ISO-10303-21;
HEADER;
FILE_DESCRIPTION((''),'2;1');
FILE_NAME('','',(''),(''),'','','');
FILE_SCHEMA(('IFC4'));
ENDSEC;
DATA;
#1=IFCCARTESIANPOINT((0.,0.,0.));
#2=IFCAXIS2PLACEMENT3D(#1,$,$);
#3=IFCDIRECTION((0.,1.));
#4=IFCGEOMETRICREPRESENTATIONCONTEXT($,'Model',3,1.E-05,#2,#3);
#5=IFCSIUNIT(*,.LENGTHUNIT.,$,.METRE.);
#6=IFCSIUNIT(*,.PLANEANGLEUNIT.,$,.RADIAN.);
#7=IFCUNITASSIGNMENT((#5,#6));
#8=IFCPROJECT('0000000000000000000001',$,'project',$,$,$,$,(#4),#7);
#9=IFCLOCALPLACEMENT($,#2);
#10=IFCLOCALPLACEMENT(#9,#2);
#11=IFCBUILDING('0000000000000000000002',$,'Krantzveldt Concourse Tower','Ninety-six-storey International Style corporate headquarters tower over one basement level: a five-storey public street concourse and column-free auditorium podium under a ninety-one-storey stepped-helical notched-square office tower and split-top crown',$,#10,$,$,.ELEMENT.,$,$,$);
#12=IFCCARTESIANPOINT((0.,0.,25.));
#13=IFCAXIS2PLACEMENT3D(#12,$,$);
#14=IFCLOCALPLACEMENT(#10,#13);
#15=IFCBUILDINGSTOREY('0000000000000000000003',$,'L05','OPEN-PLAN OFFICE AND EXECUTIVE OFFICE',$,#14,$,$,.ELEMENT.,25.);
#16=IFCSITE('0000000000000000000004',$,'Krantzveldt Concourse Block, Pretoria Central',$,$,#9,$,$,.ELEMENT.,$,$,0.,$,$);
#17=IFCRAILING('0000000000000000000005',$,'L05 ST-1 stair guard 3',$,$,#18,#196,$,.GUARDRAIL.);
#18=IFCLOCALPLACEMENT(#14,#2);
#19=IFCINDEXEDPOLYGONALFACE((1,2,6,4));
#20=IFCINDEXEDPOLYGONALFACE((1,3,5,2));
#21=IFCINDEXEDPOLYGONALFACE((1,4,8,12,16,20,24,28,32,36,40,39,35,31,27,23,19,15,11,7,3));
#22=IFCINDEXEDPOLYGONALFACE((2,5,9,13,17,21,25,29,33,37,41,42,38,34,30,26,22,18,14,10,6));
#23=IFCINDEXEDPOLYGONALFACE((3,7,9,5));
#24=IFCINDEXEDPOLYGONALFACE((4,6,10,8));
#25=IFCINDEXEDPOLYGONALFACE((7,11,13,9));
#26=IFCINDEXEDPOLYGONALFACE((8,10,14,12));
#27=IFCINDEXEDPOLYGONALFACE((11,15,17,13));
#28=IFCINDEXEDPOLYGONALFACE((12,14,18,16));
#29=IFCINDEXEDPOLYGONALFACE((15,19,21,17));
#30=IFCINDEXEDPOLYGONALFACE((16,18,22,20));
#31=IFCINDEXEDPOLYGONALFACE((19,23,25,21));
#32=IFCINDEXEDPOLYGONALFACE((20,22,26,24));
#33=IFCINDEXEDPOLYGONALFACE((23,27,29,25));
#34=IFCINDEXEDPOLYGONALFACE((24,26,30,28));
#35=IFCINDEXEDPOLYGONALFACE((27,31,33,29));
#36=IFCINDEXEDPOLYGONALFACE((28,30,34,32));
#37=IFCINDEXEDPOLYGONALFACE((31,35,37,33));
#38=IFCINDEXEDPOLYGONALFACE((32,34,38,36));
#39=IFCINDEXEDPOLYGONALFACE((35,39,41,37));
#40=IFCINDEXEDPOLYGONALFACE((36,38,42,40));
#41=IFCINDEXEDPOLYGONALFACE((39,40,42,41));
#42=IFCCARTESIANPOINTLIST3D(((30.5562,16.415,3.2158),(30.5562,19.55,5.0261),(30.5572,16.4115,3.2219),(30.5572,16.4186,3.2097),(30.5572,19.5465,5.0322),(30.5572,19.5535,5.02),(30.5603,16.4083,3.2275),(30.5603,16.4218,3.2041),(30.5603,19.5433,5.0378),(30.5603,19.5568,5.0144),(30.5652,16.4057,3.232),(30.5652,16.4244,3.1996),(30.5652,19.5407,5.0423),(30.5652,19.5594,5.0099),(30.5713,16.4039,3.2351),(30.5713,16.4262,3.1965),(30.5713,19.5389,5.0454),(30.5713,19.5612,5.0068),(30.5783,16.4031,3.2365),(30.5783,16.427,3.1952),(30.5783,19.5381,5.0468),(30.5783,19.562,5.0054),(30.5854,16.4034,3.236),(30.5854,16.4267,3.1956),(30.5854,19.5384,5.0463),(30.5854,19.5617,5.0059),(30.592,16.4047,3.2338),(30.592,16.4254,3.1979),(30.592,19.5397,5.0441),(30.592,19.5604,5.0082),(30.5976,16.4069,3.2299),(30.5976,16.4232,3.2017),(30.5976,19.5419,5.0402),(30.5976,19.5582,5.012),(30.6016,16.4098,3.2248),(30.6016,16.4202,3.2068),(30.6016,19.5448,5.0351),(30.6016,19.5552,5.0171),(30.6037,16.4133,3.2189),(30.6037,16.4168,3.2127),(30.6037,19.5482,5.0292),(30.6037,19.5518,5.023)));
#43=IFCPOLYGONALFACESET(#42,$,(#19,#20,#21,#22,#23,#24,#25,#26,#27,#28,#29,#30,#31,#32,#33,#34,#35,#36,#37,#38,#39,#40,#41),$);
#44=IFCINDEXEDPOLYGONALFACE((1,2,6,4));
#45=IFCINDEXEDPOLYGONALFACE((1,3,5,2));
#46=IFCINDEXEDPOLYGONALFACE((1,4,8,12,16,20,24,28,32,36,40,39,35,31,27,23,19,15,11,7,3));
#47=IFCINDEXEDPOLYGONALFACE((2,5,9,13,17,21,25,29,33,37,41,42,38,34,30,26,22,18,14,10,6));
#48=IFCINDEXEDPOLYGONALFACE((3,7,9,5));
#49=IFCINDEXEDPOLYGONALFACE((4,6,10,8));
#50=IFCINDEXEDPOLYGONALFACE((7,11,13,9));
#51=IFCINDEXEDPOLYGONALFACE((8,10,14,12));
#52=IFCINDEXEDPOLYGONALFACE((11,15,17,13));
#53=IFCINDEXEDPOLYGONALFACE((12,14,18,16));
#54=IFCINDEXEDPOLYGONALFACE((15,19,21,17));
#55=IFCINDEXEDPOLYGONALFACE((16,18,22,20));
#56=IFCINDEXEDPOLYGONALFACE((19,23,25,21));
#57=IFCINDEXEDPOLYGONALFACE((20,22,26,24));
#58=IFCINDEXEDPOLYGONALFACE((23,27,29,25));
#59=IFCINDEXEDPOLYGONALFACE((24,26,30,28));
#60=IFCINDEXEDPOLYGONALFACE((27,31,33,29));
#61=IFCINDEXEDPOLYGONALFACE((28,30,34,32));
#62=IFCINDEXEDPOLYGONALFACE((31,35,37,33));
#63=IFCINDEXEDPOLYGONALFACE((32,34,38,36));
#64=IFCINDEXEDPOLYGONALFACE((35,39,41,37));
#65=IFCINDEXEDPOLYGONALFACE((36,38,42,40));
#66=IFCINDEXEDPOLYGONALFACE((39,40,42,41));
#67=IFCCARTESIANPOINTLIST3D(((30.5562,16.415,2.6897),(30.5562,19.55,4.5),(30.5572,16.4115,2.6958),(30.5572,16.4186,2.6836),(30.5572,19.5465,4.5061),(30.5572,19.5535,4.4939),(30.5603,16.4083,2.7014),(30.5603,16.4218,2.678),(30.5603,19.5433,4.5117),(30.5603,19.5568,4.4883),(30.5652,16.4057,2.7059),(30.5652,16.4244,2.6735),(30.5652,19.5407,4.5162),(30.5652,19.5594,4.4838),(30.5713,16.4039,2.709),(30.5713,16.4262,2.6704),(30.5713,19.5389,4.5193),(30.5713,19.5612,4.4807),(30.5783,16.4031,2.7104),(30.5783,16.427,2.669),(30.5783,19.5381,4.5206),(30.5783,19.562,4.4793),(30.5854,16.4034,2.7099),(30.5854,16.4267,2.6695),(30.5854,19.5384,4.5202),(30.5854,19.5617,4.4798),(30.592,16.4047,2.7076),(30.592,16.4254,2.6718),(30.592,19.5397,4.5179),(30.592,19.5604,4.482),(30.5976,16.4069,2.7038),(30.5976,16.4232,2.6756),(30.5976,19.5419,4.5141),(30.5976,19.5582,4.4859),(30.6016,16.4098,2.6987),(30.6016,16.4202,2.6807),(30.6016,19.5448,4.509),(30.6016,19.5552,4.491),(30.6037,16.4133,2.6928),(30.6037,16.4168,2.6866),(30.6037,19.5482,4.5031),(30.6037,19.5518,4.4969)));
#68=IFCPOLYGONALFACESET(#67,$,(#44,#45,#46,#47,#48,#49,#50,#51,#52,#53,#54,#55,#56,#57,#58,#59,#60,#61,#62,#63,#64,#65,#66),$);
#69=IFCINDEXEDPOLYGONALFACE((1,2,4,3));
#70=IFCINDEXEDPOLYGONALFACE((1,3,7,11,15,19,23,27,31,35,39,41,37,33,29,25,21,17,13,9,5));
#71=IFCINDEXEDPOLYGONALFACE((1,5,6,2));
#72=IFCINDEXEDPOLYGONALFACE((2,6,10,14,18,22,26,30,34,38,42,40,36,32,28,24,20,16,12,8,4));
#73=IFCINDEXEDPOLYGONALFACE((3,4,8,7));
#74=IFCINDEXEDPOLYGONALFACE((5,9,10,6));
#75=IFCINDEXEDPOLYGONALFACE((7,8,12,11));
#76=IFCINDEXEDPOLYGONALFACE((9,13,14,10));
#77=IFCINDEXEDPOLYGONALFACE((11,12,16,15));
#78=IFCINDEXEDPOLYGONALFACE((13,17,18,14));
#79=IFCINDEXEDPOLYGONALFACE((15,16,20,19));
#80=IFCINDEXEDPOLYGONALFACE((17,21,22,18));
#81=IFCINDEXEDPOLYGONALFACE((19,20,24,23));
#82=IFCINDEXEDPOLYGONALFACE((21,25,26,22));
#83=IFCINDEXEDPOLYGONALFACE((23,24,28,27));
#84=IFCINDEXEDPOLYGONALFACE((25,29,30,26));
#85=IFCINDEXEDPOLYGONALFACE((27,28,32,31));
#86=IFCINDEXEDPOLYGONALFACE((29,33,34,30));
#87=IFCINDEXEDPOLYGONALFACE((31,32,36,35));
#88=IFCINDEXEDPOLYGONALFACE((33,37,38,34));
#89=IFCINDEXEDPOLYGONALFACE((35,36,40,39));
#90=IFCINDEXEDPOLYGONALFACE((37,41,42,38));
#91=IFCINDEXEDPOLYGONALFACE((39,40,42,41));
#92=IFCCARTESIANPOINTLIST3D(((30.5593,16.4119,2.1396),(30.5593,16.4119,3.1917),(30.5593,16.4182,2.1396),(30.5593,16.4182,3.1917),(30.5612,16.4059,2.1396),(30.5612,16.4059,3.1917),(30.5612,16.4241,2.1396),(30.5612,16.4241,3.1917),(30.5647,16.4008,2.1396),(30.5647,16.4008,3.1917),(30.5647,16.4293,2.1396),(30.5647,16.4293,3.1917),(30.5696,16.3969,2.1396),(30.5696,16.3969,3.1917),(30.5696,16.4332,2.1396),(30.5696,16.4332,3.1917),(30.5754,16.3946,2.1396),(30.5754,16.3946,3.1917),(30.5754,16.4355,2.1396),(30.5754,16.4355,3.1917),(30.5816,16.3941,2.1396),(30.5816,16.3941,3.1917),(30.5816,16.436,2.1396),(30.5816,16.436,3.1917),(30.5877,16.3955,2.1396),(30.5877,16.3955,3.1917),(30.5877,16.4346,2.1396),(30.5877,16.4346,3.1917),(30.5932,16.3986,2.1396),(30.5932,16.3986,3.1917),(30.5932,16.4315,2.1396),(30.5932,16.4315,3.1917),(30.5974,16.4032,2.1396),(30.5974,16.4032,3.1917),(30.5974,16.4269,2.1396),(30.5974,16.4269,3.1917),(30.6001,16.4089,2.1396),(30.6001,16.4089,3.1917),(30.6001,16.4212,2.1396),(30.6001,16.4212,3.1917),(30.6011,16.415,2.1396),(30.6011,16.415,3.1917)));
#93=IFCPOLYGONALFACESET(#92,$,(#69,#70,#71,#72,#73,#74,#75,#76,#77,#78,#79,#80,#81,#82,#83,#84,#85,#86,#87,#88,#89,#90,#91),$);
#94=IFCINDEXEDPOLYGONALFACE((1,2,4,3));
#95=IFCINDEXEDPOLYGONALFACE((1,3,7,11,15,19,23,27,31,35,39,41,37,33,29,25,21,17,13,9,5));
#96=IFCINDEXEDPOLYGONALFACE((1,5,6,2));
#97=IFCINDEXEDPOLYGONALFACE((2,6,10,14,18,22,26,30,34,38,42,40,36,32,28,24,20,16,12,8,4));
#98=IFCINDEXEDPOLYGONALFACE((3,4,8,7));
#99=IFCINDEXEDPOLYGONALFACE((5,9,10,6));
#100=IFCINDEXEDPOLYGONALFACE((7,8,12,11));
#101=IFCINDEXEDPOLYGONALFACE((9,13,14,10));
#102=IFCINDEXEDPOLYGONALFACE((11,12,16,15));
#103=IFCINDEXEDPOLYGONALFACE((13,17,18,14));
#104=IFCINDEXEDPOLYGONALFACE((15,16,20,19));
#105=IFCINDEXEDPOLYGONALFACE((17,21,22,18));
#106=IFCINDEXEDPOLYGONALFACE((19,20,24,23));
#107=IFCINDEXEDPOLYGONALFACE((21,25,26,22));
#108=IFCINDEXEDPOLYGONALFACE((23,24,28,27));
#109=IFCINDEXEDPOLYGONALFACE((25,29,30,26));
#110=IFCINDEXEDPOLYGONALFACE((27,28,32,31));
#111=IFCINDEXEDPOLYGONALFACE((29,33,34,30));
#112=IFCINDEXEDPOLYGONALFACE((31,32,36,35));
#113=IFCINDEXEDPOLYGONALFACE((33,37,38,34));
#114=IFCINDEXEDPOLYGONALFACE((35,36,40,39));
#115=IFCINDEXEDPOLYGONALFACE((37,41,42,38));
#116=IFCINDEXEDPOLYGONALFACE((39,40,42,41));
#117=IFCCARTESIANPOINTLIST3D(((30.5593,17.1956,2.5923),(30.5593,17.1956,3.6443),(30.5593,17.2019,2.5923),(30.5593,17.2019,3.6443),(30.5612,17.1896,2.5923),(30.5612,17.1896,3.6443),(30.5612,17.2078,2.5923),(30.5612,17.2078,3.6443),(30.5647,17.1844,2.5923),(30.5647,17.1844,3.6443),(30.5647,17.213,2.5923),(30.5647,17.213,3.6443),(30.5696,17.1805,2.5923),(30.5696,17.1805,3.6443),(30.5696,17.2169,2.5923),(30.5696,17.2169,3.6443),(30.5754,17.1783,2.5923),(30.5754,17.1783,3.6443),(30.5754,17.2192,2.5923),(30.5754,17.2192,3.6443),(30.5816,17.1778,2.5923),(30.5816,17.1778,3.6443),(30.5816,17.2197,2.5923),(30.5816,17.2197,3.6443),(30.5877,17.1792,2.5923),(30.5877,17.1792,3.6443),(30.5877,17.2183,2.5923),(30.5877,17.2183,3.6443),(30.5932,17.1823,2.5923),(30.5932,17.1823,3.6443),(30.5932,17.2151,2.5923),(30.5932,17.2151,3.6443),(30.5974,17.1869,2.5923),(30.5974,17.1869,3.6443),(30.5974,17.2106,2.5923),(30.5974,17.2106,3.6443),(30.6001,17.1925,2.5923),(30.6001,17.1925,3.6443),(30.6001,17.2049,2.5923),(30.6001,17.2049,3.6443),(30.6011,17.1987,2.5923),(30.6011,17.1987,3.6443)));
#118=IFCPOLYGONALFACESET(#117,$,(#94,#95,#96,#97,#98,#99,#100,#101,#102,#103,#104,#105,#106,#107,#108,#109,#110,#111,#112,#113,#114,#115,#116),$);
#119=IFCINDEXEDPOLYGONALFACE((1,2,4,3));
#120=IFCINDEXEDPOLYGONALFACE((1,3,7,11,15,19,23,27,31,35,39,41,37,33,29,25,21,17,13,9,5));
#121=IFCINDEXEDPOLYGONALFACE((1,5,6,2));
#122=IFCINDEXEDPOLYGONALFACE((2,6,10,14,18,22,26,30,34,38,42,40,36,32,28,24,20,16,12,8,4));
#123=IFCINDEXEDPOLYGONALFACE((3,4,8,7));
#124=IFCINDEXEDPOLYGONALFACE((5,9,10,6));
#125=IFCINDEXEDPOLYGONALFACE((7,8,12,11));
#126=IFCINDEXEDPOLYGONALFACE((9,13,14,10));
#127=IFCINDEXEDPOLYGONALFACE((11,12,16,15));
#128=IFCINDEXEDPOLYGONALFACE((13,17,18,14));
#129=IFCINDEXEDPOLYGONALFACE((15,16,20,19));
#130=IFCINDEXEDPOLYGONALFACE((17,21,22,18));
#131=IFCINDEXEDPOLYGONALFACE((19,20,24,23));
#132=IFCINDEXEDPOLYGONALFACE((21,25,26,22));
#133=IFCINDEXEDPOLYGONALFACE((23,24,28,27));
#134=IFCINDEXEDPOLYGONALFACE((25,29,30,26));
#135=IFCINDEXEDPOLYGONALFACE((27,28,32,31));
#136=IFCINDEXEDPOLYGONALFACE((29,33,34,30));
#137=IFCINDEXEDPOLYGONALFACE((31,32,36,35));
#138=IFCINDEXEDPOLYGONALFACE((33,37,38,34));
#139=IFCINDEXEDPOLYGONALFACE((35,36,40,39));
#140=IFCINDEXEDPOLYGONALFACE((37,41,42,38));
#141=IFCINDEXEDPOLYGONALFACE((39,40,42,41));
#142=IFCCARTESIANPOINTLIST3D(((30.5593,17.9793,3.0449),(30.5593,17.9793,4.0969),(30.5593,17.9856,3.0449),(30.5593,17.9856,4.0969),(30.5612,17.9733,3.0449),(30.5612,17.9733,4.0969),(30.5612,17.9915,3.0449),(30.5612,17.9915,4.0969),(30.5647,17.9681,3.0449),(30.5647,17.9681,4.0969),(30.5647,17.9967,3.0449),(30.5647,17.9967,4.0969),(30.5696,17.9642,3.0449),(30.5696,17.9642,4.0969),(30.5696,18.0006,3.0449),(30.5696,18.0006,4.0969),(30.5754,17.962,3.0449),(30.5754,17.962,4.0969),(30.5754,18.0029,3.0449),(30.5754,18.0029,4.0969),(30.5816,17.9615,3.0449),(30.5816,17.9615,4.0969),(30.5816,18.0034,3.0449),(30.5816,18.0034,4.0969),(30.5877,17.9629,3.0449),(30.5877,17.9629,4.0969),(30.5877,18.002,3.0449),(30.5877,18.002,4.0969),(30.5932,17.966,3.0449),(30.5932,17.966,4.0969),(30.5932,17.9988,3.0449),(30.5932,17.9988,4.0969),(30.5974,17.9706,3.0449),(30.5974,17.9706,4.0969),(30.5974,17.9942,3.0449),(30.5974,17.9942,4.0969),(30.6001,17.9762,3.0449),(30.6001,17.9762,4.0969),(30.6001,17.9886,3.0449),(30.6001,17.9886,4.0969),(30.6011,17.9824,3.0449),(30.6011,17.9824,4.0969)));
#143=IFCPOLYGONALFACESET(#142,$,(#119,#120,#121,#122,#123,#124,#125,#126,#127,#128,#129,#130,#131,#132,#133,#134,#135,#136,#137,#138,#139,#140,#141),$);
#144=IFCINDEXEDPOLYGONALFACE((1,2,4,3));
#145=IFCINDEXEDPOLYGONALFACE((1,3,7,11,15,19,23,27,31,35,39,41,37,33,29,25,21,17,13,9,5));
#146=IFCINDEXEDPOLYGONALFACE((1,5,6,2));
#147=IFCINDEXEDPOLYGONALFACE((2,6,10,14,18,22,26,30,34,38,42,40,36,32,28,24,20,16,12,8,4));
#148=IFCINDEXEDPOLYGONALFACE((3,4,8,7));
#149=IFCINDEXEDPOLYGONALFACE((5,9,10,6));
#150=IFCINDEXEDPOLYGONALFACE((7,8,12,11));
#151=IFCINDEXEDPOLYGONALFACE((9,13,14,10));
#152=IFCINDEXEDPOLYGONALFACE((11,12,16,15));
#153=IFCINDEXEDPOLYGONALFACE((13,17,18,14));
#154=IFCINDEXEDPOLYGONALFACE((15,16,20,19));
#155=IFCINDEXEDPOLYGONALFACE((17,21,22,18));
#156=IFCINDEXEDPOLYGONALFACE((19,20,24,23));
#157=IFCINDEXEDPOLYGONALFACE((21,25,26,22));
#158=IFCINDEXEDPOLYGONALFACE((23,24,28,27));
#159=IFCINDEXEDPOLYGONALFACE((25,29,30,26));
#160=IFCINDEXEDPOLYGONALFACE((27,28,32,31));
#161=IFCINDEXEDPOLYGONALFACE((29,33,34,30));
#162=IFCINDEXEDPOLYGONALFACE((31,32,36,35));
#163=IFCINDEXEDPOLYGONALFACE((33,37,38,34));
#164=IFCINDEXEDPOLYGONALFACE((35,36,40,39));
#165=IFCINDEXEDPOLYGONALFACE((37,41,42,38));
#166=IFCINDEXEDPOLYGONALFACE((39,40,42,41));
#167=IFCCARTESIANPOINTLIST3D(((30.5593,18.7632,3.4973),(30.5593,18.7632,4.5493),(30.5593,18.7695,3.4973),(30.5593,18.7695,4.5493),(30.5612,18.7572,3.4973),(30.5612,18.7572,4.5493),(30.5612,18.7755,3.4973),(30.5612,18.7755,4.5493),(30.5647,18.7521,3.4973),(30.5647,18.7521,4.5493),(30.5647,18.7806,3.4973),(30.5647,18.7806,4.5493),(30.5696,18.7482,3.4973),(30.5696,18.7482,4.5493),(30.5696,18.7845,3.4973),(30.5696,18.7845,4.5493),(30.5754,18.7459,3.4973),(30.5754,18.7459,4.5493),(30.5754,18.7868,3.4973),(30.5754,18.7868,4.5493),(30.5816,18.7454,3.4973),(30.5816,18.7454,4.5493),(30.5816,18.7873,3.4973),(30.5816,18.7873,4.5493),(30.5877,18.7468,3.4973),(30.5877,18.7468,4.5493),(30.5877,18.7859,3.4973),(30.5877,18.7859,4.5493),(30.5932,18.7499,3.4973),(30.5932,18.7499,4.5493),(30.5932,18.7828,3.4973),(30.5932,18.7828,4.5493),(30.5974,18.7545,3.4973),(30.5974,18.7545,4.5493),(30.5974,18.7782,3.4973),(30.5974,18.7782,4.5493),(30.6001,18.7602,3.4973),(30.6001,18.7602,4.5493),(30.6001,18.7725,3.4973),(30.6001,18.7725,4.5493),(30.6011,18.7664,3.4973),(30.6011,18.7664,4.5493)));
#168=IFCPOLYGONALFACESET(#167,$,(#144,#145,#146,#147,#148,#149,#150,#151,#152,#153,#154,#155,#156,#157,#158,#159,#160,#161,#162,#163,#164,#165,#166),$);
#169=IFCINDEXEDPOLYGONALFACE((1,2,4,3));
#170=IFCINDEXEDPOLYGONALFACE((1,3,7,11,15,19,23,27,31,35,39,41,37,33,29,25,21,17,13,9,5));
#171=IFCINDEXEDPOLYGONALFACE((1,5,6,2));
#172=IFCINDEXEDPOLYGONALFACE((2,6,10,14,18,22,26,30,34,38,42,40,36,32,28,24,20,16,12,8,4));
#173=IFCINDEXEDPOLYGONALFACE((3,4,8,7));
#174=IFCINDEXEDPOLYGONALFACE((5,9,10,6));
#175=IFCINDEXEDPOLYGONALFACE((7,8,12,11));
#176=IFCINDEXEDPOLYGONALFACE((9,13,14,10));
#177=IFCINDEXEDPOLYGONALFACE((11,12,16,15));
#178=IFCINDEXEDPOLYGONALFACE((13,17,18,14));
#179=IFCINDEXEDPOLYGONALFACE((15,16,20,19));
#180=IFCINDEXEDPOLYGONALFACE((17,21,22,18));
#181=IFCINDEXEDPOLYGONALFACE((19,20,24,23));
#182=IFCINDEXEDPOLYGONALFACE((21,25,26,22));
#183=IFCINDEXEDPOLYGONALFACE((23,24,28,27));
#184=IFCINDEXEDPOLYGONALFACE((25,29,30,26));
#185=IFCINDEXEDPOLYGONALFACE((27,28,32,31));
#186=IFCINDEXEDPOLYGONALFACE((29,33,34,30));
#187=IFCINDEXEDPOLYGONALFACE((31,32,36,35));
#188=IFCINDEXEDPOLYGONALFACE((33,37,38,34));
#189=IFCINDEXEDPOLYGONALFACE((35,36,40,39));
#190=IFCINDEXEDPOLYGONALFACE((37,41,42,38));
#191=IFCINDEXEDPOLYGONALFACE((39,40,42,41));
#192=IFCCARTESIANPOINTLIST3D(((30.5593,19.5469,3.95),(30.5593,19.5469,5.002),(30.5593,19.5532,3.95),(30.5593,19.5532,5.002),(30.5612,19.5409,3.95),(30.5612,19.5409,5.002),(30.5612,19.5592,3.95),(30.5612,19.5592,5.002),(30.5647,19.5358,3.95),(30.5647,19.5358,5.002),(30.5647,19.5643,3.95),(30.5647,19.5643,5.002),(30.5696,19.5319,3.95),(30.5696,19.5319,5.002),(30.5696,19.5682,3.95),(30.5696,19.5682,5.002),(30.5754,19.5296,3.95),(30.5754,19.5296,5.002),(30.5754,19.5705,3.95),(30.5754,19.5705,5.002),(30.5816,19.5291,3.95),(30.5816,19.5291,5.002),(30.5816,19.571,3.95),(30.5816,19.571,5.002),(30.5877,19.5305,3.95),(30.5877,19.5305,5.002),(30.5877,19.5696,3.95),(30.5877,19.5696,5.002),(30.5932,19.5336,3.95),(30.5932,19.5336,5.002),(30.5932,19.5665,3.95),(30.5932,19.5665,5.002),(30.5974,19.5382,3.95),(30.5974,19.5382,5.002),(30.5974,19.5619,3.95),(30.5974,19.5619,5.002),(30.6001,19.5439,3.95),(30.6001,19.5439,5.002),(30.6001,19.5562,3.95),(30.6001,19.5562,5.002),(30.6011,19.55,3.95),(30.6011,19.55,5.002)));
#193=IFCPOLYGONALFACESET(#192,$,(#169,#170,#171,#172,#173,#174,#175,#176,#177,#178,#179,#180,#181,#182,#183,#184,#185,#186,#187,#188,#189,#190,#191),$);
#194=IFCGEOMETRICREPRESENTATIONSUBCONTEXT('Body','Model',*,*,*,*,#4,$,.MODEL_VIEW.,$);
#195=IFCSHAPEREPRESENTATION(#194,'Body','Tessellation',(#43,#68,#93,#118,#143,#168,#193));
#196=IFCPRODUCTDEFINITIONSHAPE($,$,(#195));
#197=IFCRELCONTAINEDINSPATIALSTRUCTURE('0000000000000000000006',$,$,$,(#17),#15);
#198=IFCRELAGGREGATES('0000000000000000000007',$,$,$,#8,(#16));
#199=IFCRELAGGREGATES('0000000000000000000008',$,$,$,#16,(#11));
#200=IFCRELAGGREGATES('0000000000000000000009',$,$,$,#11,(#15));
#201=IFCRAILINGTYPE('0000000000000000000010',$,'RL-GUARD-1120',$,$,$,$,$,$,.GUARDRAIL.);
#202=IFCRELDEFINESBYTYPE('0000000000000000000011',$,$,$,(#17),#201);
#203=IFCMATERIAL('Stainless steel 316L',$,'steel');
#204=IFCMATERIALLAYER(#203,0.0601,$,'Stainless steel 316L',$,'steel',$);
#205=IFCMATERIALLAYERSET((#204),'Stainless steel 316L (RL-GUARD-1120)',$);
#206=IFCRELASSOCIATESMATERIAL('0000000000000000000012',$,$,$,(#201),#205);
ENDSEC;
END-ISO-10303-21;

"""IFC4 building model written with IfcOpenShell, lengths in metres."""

from ifc_helpers import new_model, si_unit, direction, frame, origin, origin_2d, place, context, subcontext, project, spatial, circle, extrude, material, layer, layer_set, type_object, element, save


model = new_model("IFC4")

# Units and contexts
model_context = context("Model", 3, precision=1e-05, world=origin(), true_north=direction((0.0, 1.0)))
body_context = subcontext(model_context, "Body", "Model", "MODEL_VIEW")
ifc_project = project(units=[si_unit("LENGTHUNIT", "METRE"), si_unit("PLANEANGLEUNIT", "RADIAN")], contexts=[model_context])

# Site, building, storey
site_placement = place(None, origin())
site = spatial("IfcSite", under=ifc_project, at=site_placement, Name="Krantzveldt Concourse Block, Pretoria Central", CompositionType="ELEMENT", RefElevation=0.0)
building_placement = place(site_placement, origin())
building = spatial("IfcBuilding", under=site, at=building_placement, Name="Krantzveldt Concourse Tower", Description="Ninety-six-storey International Style corporate headquarters tower over one basement level: a five-storey public street concourse and column-free auditorium podium under a ninety-one-storey stepped-helical notched-square office tower and split-top crown", CompositionType="ELEMENT")
storey_placement = place(building_placement, frame((0.0, 0.0, 25.0)))
storey = spatial("IfcBuildingStorey", under=building, at=storey_placement, Name="L05", Description="OPEN-PLAN OFFICE AND EXECUTIVE OFFICE", CompositionType="ELEMENT", Elevation=25.0)

# Shared definitions
ifc_material_1 = material(Name="Stainless steel 316L", Category="steel")

# Railing
ifc_layer_1 = layer(ifc_material_1, 0.0601, Name="Stainless steel 316L", Category="steel")
ifc_layer_set_1 = layer_set([ifc_layer_1], Name="Stainless steel 316L (RL-GUARD-1120)")
railing_type_1 = type_object("IfcRailingType", Name="RL-GUARD-1120", PredefinedType="GUARDRAIL", material=ifc_layer_set_1)
railing_1_placement = place(storey_placement, frame((30.5801, 16.415, 2.1396)))
element("IfcRailing", 1, at=railing_1_placement, inside=storey, type_object=railing_type_1, Name="L05 ST-1 stair guard 3", PredefinedType="GUARDRAIL", context=body_context, shape_type="SweptSolid", body=[
    extrude(circle(Radius=0.0239, at=origin_2d()), frame((0.0, 0.0, 1.0762), z_axis=(0.0, 0.865989, 0.500063), x_axis=(-1.0, 0.0, 0.0)), (0.0, 0.0, 1.0), 3.6201),
    extrude(circle(Radius=0.0239, at=origin_2d()), frame((0.0, 0.0, 0.55), z_axis=(0.0, 0.865989, 0.500063), x_axis=(-1.0, 0.0, 0.0)), (0.0, 0.0, 1.0), 3.6201),
    extrude(circle(Radius=0.021, at=origin_2d()), origin(), (0.0, 0.0, 1.0), 1.052),
    extrude(circle(Radius=0.021, at=origin_2d()), frame((0.0, 0.7837, 0.4526)), (0.0, 0.0, 1.0), 1.052),
    extrude(circle(Radius=0.021, at=origin_2d()), frame((0.0, 1.5674, 0.9053)), (0.0, 0.0, 1.0), 1.052),
    extrude(circle(Radius=0.021, at=origin_2d()), frame((0.0, 2.3513, 1.3577)), (0.0, 0.0, 1.0), 1.052),
    extrude(circle(Radius=0.021, at=origin_2d()), frame((0.0, 3.135, 1.8103)), (0.0, 0.0, 1.0), 1.052),
])

save(model, "model.ifc")
